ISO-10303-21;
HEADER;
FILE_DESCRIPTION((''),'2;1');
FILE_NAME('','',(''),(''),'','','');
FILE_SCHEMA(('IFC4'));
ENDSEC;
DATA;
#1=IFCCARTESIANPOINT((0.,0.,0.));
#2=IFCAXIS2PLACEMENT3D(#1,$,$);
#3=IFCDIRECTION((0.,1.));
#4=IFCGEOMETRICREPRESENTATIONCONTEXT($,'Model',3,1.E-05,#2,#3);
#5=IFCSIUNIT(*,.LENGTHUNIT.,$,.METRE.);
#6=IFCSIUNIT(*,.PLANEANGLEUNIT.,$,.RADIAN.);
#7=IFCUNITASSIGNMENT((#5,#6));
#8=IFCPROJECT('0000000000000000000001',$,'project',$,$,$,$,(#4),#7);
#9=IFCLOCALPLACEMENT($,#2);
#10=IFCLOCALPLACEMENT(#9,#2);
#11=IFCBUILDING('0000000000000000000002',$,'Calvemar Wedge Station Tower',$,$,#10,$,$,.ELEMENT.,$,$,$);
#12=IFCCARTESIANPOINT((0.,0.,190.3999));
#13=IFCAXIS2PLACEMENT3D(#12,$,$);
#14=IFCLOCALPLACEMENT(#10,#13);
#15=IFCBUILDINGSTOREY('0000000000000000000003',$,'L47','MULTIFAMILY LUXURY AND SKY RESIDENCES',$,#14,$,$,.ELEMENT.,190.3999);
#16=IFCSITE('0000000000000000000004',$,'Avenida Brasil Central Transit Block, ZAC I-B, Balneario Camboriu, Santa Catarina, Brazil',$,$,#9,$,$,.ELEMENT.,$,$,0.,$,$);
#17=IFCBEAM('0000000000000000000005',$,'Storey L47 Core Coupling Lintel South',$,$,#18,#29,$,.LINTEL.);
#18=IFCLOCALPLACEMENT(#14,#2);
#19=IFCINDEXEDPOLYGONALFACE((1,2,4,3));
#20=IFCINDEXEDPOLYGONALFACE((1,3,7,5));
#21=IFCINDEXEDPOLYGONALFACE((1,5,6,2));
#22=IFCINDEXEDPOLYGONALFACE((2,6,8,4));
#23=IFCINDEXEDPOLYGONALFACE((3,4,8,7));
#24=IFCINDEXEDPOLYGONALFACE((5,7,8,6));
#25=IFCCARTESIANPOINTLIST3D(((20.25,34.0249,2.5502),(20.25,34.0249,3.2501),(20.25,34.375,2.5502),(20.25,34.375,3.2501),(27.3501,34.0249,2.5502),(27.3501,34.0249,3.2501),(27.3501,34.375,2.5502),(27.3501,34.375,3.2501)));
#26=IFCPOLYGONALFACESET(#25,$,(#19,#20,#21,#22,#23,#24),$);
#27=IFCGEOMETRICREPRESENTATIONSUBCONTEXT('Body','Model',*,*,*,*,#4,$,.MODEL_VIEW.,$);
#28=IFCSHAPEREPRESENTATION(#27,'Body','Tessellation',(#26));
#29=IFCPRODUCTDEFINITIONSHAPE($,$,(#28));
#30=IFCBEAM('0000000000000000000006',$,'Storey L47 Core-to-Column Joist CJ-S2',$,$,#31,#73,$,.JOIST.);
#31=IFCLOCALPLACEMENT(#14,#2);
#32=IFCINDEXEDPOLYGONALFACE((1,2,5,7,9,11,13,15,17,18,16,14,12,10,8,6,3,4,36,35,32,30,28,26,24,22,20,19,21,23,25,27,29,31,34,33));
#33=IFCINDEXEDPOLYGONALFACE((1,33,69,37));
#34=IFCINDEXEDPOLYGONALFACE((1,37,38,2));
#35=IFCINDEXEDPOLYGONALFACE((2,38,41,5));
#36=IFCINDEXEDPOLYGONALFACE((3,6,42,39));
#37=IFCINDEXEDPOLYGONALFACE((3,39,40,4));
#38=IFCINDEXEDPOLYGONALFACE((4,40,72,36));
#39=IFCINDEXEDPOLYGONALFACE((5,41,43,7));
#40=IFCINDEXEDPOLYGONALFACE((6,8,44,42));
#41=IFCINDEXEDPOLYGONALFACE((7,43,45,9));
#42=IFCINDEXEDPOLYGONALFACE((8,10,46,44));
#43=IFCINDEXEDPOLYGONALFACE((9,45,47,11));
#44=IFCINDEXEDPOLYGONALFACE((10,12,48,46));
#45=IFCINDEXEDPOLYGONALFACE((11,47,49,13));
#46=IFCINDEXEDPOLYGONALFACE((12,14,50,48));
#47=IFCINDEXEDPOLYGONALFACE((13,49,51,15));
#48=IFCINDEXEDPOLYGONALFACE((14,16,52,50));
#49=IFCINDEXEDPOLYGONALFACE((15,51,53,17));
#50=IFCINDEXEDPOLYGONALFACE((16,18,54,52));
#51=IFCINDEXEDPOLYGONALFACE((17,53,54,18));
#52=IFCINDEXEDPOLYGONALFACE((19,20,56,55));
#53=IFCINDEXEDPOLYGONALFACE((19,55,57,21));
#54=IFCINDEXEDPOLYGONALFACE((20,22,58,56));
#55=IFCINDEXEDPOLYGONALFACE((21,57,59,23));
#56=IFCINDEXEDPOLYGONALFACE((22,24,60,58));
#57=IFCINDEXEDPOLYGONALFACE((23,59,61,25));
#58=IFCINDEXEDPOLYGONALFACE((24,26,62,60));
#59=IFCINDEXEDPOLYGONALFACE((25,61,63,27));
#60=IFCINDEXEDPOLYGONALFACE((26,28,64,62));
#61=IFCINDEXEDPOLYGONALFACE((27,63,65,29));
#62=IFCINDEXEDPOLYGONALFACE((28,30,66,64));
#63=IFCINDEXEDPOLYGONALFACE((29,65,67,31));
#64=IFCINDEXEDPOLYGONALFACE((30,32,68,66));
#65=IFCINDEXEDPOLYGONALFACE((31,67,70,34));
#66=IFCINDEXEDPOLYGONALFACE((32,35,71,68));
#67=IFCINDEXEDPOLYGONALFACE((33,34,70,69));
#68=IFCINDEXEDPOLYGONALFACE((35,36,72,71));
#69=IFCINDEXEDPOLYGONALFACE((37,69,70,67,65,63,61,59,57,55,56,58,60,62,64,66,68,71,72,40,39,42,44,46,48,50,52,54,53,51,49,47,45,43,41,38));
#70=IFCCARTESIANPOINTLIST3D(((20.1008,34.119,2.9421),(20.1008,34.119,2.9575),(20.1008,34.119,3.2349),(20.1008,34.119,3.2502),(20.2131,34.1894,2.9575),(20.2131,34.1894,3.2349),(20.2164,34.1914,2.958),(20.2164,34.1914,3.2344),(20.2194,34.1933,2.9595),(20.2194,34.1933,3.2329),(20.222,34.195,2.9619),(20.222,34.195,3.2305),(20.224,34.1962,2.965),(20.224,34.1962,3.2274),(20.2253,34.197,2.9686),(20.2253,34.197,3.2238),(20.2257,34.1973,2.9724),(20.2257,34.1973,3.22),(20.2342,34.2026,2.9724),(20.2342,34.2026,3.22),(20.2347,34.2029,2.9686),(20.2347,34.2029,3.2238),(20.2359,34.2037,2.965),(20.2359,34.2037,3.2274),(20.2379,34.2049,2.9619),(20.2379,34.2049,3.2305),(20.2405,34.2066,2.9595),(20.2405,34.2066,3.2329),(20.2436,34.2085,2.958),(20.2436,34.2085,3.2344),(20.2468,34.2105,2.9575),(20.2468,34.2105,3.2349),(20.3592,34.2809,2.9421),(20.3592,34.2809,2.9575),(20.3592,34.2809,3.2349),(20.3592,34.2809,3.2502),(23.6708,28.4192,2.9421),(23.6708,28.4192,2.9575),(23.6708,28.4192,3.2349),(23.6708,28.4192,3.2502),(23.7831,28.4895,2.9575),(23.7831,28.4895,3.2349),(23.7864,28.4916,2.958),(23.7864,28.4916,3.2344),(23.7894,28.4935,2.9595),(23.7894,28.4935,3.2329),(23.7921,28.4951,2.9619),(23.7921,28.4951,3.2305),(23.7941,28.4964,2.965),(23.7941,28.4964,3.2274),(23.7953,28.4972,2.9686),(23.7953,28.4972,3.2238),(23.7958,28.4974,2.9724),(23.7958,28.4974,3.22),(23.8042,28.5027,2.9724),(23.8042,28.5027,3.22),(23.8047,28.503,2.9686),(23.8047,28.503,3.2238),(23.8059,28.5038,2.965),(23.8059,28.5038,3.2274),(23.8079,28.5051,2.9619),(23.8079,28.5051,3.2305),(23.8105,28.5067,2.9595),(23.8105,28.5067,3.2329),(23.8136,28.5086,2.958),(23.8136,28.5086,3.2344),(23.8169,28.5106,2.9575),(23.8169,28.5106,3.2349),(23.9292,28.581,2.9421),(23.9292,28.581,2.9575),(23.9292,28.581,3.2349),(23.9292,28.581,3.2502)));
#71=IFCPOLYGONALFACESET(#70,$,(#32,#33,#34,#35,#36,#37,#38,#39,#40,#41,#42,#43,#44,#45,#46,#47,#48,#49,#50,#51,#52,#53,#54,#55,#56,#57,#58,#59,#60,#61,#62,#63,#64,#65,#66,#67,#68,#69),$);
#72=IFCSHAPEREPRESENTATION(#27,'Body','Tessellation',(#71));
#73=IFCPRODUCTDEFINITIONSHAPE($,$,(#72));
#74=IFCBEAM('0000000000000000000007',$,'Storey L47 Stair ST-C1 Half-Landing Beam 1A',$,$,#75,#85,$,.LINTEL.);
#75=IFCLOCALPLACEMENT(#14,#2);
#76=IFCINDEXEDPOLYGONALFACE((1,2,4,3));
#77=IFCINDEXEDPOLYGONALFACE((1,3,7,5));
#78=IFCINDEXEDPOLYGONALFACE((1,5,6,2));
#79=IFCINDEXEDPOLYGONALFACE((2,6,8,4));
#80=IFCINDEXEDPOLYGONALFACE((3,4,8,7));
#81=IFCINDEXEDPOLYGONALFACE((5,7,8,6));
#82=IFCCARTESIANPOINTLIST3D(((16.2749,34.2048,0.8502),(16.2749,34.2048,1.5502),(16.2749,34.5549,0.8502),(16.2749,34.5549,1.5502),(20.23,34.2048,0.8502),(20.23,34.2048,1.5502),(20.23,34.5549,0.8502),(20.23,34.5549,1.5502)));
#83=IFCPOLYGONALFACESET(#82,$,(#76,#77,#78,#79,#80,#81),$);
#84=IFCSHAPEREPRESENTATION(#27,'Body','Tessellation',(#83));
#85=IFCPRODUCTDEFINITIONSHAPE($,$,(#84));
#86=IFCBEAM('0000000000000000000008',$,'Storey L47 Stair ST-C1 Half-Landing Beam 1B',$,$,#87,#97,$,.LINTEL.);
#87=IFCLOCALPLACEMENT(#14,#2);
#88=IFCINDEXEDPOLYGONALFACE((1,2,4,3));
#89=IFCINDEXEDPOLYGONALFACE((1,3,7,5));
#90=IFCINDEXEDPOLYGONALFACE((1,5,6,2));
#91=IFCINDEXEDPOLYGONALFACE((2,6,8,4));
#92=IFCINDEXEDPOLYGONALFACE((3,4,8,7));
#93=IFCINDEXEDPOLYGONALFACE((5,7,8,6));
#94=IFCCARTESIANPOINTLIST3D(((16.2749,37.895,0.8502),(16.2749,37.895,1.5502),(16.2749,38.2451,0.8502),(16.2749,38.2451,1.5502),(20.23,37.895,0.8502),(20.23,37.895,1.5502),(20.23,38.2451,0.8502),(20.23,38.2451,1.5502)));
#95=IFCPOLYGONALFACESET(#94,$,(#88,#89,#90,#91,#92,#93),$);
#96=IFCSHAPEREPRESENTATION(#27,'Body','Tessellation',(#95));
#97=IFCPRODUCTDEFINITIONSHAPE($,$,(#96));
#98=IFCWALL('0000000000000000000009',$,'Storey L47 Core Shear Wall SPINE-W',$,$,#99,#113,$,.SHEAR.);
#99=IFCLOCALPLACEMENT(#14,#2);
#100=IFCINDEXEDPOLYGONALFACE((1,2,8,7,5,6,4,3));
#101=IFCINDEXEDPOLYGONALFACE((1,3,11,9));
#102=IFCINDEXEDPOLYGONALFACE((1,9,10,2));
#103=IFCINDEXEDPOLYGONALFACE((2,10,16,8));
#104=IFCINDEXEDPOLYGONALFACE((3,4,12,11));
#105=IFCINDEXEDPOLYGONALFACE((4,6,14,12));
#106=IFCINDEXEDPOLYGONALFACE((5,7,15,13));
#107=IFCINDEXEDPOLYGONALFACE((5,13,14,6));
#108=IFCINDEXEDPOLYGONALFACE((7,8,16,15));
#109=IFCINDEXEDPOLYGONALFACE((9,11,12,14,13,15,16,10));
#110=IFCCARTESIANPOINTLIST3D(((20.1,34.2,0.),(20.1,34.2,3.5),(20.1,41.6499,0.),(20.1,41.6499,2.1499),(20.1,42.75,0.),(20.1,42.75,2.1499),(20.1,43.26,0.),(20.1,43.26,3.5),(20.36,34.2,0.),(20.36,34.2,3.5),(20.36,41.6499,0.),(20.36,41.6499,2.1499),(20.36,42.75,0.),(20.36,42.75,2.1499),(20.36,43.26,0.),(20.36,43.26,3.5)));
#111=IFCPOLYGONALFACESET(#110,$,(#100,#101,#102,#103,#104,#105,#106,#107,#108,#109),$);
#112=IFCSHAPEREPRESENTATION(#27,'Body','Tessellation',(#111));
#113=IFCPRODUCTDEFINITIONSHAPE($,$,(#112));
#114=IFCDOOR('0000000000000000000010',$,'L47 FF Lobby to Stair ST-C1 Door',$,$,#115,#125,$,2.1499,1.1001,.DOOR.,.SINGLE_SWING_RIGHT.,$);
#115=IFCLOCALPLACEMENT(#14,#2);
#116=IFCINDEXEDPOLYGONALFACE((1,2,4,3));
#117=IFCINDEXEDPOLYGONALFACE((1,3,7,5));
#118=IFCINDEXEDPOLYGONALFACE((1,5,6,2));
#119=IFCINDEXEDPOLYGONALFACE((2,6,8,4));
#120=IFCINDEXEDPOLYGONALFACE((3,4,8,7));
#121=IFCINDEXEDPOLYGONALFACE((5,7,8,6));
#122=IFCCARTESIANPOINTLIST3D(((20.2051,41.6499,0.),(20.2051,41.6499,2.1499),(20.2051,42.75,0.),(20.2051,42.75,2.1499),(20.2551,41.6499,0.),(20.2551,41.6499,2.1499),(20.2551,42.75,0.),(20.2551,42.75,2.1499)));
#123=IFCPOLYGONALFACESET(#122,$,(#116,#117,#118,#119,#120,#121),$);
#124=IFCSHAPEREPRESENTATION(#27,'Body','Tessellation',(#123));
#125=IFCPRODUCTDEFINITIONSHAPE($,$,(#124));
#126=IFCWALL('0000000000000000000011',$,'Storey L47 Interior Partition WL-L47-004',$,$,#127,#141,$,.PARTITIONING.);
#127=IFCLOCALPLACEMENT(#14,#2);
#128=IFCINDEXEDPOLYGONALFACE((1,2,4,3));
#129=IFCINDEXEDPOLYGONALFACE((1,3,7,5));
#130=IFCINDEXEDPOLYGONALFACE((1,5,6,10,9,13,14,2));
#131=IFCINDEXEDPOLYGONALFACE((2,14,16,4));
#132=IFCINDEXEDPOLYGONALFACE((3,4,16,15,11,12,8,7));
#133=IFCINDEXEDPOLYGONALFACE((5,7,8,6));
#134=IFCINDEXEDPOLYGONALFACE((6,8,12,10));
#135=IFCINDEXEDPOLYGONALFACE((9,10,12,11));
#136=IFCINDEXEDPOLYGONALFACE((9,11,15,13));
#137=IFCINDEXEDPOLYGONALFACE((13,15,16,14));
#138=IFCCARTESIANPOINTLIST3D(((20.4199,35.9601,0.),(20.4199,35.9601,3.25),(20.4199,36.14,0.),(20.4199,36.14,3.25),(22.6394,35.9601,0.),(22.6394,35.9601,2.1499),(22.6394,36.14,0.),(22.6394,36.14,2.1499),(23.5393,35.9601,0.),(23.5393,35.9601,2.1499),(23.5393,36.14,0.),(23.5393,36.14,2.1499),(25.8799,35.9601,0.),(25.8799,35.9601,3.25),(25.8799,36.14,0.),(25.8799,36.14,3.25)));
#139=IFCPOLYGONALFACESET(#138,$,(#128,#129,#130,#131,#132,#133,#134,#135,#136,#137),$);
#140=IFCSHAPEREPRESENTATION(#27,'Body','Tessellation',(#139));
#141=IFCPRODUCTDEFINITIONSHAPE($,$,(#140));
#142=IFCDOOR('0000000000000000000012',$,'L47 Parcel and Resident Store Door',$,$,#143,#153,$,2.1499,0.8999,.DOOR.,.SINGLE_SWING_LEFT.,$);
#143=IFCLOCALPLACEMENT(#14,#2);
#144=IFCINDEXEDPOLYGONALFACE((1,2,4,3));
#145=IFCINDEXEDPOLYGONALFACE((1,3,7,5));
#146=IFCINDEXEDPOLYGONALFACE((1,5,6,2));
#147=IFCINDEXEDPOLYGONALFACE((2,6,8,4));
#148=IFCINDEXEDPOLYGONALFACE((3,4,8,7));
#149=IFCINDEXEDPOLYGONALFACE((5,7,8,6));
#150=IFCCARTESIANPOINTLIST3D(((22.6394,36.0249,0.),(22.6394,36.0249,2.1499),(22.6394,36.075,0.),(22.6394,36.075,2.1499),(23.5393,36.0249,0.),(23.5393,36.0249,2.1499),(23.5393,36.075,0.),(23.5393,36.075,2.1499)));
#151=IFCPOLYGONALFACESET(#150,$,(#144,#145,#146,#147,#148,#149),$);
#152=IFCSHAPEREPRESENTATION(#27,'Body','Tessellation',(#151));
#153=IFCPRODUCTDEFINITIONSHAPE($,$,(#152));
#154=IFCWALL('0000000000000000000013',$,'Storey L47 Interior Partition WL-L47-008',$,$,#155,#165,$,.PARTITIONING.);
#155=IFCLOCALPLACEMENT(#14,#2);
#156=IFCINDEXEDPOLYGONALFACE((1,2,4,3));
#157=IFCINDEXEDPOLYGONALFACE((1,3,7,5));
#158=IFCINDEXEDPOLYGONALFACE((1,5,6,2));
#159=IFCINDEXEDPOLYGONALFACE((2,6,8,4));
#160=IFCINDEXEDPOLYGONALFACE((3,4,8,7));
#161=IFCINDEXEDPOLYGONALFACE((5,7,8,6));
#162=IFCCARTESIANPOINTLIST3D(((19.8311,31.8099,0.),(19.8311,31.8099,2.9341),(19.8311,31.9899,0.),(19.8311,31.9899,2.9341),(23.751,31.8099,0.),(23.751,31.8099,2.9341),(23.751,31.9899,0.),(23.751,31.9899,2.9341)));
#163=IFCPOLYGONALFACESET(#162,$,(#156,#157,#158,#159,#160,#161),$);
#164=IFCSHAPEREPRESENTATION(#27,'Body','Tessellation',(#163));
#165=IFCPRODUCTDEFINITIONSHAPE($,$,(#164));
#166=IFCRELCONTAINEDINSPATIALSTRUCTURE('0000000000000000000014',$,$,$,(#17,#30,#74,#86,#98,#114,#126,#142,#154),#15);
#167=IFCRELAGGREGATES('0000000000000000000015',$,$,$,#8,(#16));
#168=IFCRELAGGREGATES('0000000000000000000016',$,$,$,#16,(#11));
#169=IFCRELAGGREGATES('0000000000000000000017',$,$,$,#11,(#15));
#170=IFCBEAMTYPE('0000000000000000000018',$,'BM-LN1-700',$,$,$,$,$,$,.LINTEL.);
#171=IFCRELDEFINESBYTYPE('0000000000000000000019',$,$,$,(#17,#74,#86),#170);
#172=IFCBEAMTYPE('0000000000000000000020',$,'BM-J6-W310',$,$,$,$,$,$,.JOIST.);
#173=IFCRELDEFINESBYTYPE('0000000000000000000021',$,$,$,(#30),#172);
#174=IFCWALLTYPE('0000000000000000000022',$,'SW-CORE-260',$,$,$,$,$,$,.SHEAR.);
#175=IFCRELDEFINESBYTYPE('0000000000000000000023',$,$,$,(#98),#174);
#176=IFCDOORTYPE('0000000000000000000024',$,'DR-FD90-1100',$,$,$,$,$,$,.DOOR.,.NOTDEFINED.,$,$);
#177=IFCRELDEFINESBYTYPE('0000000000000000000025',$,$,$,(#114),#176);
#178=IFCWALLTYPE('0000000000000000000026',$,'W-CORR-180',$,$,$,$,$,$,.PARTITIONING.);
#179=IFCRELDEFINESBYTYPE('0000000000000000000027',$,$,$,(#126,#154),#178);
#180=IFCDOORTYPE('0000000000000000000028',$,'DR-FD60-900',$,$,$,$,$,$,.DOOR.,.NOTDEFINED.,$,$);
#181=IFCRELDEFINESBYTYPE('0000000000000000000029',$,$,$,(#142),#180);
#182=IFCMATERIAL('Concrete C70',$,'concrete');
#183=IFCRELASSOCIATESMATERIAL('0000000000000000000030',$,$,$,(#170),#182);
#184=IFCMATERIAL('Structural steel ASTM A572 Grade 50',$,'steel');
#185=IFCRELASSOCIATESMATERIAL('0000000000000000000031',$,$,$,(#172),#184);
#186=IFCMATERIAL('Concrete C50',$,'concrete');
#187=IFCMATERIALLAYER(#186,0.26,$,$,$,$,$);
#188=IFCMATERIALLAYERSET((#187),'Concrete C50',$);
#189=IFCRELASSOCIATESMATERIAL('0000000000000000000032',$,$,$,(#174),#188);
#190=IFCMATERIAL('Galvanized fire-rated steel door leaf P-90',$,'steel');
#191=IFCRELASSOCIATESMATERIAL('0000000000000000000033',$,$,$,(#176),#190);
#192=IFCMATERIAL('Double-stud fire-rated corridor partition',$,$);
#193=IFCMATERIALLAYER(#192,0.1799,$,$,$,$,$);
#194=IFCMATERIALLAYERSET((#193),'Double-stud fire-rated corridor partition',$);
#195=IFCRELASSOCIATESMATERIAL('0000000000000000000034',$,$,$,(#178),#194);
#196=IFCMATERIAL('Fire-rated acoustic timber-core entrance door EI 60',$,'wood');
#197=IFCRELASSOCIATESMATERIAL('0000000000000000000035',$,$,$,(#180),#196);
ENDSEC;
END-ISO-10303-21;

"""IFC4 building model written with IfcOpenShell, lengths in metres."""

from ifc_helpers import new_model, si_unit, direction, frame, frame_2d, origin, origin_2d, place, context, subcontext, project, spatial, rectangle, i_section, extrude, source, transform, mapped, material, layer, layer_set, material_profile, profile_set, type_object, element, fill, save


model = new_model("IFC4")

# Units and contexts
model_context = context("Model", 3, precision=1e-05, world=origin(), true_north=direction((0.0, 1.0)))
body_context = subcontext(model_context, "Body", "Model", "MODEL_VIEW")
ifc_project = project(units=[si_unit("LENGTHUNIT", "METRE"), si_unit("PLANEANGLEUNIT", "RADIAN")], contexts=[model_context])

# Site, building, storey
site_placement = place(None, origin())
site = spatial("IfcSite", under=ifc_project, at=site_placement, Name="Avenida Brasil Central Transit Block, ZAC I-B, Balneario Camboriu, Santa Catarina, Brazil", CompositionType="ELEMENT", RefElevation=0.0)
building_placement = place(site_placement, origin())
building = spatial("IfcBuilding", under=site, at=building_placement, Name="Calvemar Wedge Station Tower", CompositionType="ELEMENT")
storey_placement = place(building_placement, frame((0.0, 0.0, 190.3999)))
storey = spatial("IfcBuildingStorey", under=building, at=storey_placement, Name="L47", Description="MULTIFAMILY LUXURY AND SKY RESIDENCES", CompositionType="ELEMENT", Elevation=190.3999)

# Beams
ifc_material_1 = material(Name="Concrete C70", Category="concrete")
ifc_material_profile_1 = material_profile(ifc_material_1, rectangle(XDim=0.3501, YDim=0.7, at=origin_2d()), Name="RC350x700")
ifc_profile_set_1 = profile_set([ifc_material_profile_1], Name="Concrete C70")
beam_type_1 = type_object("IfcBeamType", Name="BM-LN1-700", PredefinedType="LINTEL", material=ifc_profile_set_1)
shared_shape_1 = source(origin(), body_context, "Body", "SweptSolid", [
    extrude(rectangle(XDim=0.3501, YDim=0.7, at=origin_2d()), origin(), (0.0, 0.0, 1.0), 7.1001),
])
beam_1_placement = place(storey_placement, frame((20.25, 34.2, 2.9001), z_axis=(1.0, 0.0, 0.0), x_axis=(0.0, 1.0, 0.0)))
element("IfcBeam", 1, at=beam_1_placement, inside=storey, type_object=beam_type_1, Name="Storey L47 Core Coupling Lintel South", PredefinedType="LINTEL", context=body_context, shape_type="MappedRepresentation", body=[
    mapped(shared_shape_1, transform((0.0, 0.0, 0.0), scale=1.0)),
])
ifc_material_2 = material(Name="Structural steel ASTM A572 Grade 50", Category="steel")
ifc_material_profile_2 = material_profile(ifc_material_2, i_section(OverallWidth=0.3049, OverallDepth=0.3081, WebThickness=0.01, FlangeThickness=0.0154, FilletRadius=0.0149, at=origin_2d()), Name="W310x97")
ifc_profile_set_2 = profile_set([ifc_material_profile_2], Name="Structural steel ASTM A572 Grade 50")
beam_type_2 = type_object("IfcBeamType", Name="BM-J6-W310", PredefinedType="JOIST", material=ifc_profile_set_2)
shared_shape_2 = source(origin(), body_context, "Body", "SweptSolid", [
    extrude(i_section(OverallWidth=0.3049, OverallDepth=0.3081, WebThickness=0.01, FlangeThickness=0.0154, FilletRadius=0.0149, at=origin_2d()), origin(), (0.0, 0.0, 1.0), 6.7256),
])
beam_2_placement = place(storey_placement, frame((20.23, 34.2, 3.0962), z_axis=(0.530811, -0.84749, 0.0), x_axis=(0.84749, 0.530811, 0.0)))
element("IfcBeam", 2, at=beam_2_placement, inside=storey, type_object=beam_type_2, Name="Storey L47 Core-to-Column Joist CJ-S2", PredefinedType="JOIST", context=body_context, shape_type="MappedRepresentation", body=[
    mapped(shared_shape_2, transform((0.0, 0.0, 0.0), scale=1.0)),
])
shared_shape_3 = source(origin(), body_context, "Body", "SweptSolid", [
    extrude(rectangle(XDim=0.3501, YDim=0.7, at=origin_2d()), origin(), (0.0, 0.0, 1.0), 3.9551),
])
for number, where, z_axis, x_axis, name in (
    (3, (16.2749, 34.3799, 1.2002), (1.0, 0.0, 0.0), (0.0, 1.0, 0.0), "Storey L47 Stair ST-C1 Half-Landing Beam 1A"),
    (4, (16.2749, 38.0701, 1.2002), (1.0, 0.0, 0.0), (0.0, 1.0, 0.0), "Storey L47 Stair ST-C1 Half-Landing Beam 1B"),
):
    element("IfcBeam", number, at=place(storey_placement, frame(where, z_axis=z_axis, x_axis=x_axis)), inside=storey, type_object=beam_type_1, Name=name, PredefinedType="LINTEL", context=body_context, shape_type="MappedRepresentation", body=[
        mapped(shared_shape_3, transform((0.0, 0.0, 0.0), scale=1.0)),
    ])

# Walls, openings, doors
ifc_material_3 = material(Name="Concrete C50", Category="concrete")
ifc_layer_1 = layer(ifc_material_3, 0.26)
ifc_layer_set_1 = layer_set([ifc_layer_1], Name="Concrete C50")
wall_type_1 = type_object("IfcWallType", Name="SW-CORE-260", PredefinedType="SHEAR", material=ifc_layer_set_1)
wall_1_placement = place(storey_placement, frame((20.23, 34.2, 0.0), z_axis=(0.0, 0.0, 1.0), x_axis=(0.0, 1.0, 0.0)))
wall_1 = element("IfcWall", 5, at=wall_1_placement, inside=storey, type_object=wall_type_1, Name="Storey L47 Core Shear Wall SPINE-W", PredefinedType="SHEAR", context=body_context, shape_type="SweptSolid", body=[
    extrude(rectangle(XDim=9.0601, YDim=0.26, at=frame_2d((4.53, 0.0))), origin(), (0.0, 0.0, 1.0), 3.5),
])
shared_shape_4 = source(origin(), body_context, "Body", "SweptSolid", [
    extrude(rectangle(XDim=1.1001, YDim=2.1499, at=frame_2d((0.55, 1.075))), frame((0.0, 0.1401, 0.0), z_axis=(0.0, -1.0, 0.0), x_axis=(1.0, 0.0, 0.0)), (0.0, 0.0, 1.0), 0.28),
])
opening_1_placement = place(wall_1_placement, frame((7.45, 0.0, 0.0)))
opening_1 = element("IfcOpeningElement", 6, at=opening_1_placement, cuts=wall_1, PredefinedType="OPENING", context=body_context, shape_type="MappedRepresentation", body=[
    mapped(shared_shape_4, transform((0.0, 0.0, 0.0), scale=1.0)),
])
ifc_material_4 = material(Name="Galvanized fire-rated steel door leaf P-90", Category="steel")
door_type_1 = type_object("IfcDoorType", Name="DR-FD90-1100", OperationType="NOTDEFINED", PredefinedType="DOOR", material=ifc_material_4)
shared_shape_5 = source(origin(), body_context, "Body", "SweptSolid", [
    extrude(rectangle(XDim=1.1001, YDim=2.1499, at=frame_2d((0.55, 1.075))), frame((0.0, 0.0249, 0.0), z_axis=(0.0, -1.0, 0.0), x_axis=(1.0, 0.0, 0.0)), (0.0, 0.0, 1.0), 0.05),
])
door_1_placement = place(opening_1_placement, origin())
door_1 = element("IfcDoor", 7, at=door_1_placement, inside=storey, type_object=door_type_1, Name="L47 FF Lobby to Stair ST-C1 Door", OperationType="SINGLE_SWING_RIGHT", OverallHeight=2.1499, OverallWidth=1.1001, PredefinedType="DOOR", context=body_context, shape_type="MappedRepresentation", body=[
    mapped(shared_shape_5, transform((0.0, 0.0, 0.0), scale=1.0)),
])
fill(opening_1, door_1)
ifc_material_5 = material(Name="Double-stud fire-rated corridor partition")
ifc_layer_2 = layer(ifc_material_5, 0.1799)
ifc_layer_set_2 = layer_set([ifc_layer_2], Name="Double-stud fire-rated corridor partition")
wall_type_2 = type_object("IfcWallType", Name="W-CORR-180", PredefinedType="PARTITIONING", material=ifc_layer_set_2)
wall_2_placement = place(storey_placement, frame((20.4199, 36.05, 0.0), z_axis=(0.0, 0.0, 1.0), x_axis=(1.0, 0.0, 0.0)))
wall_2 = element("IfcWall", 8, at=wall_2_placement, inside=storey, type_object=wall_type_2, Name="Storey L47 Interior Partition WL-L47-004", PredefinedType="PARTITIONING", context=body_context, shape_type="SweptSolid", body=[
    extrude(rectangle(XDim=5.46, YDim=0.1799, at=frame_2d((2.73, 0.0))), origin(), (0.0, 0.0, 1.0), 3.25),
])
shared_shape_6 = source(origin(), body_context, "Body", "SweptSolid", [
    extrude(rectangle(XDim=0.8999, YDim=2.1499, at=frame_2d((0.45, 1.075))), frame((0.0, 0.1001, 0.0), z_axis=(0.0, -1.0, 0.0), x_axis=(1.0, 0.0, 0.0)), (0.0, 0.0, 1.0), 0.2),
])
opening_2_placement = place(wall_2_placement, frame((2.2195, 0.0, 0.0)))
opening_2 = element("IfcOpeningElement", 9, at=opening_2_placement, cuts=wall_2, PredefinedType="OPENING", context=body_context, shape_type="MappedRepresentation", body=[
    mapped(shared_shape_6, transform((0.0, 0.0, 0.0), scale=1.0)),
])
ifc_material_6 = material(Name="Fire-rated acoustic timber-core entrance door EI 60", Category="wood")
door_type_2 = type_object("IfcDoorType", Name="DR-FD60-900", OperationType="NOTDEFINED", PredefinedType="DOOR", material=ifc_material_6)
shared_shape_7 = source(origin(), body_context, "Body", "SweptSolid", [
    extrude(rectangle(XDim=0.8999, YDim=2.1499, at=frame_2d((0.45, 1.075))), frame((0.0, 0.0249, 0.0), z_axis=(0.0, -1.0, 0.0), x_axis=(1.0, 0.0, 0.0)), (0.0, 0.0, 1.0), 0.05),
])
door_2_placement = place(opening_2_placement, origin())
door_2 = element("IfcDoor", 10, at=door_2_placement, inside=storey, type_object=door_type_2, Name="L47 Parcel and Resident Store Door", OperationType="SINGLE_SWING_LEFT", OverallHeight=2.1499, OverallWidth=0.8999, PredefinedType="DOOR", context=body_context, shape_type="MappedRepresentation", body=[
    mapped(shared_shape_7, transform((0.0, 0.0, 0.0), scale=1.0)),
])
fill(opening_2, door_2)

# Wall
wall_3_placement = place(storey_placement, frame((23.751, 31.8999, 0.0), z_axis=(0.0, 0.0, 1.0), x_axis=(-1.0, 0.0, 0.0)))
element("IfcWall", 11, at=wall_3_placement, inside=storey, type_object=wall_type_2, Name="Storey L47 Interior Partition WL-L47-008", PredefinedType="PARTITIONING", context=body_context, shape_type="SweptSolid", body=[
    extrude(rectangle(XDim=3.9199, YDim=0.1799, at=frame_2d((1.96, 0.0))), origin(), (0.0, 0.0, 1.0), 2.9341),
])

save(model, "model.ifc")
